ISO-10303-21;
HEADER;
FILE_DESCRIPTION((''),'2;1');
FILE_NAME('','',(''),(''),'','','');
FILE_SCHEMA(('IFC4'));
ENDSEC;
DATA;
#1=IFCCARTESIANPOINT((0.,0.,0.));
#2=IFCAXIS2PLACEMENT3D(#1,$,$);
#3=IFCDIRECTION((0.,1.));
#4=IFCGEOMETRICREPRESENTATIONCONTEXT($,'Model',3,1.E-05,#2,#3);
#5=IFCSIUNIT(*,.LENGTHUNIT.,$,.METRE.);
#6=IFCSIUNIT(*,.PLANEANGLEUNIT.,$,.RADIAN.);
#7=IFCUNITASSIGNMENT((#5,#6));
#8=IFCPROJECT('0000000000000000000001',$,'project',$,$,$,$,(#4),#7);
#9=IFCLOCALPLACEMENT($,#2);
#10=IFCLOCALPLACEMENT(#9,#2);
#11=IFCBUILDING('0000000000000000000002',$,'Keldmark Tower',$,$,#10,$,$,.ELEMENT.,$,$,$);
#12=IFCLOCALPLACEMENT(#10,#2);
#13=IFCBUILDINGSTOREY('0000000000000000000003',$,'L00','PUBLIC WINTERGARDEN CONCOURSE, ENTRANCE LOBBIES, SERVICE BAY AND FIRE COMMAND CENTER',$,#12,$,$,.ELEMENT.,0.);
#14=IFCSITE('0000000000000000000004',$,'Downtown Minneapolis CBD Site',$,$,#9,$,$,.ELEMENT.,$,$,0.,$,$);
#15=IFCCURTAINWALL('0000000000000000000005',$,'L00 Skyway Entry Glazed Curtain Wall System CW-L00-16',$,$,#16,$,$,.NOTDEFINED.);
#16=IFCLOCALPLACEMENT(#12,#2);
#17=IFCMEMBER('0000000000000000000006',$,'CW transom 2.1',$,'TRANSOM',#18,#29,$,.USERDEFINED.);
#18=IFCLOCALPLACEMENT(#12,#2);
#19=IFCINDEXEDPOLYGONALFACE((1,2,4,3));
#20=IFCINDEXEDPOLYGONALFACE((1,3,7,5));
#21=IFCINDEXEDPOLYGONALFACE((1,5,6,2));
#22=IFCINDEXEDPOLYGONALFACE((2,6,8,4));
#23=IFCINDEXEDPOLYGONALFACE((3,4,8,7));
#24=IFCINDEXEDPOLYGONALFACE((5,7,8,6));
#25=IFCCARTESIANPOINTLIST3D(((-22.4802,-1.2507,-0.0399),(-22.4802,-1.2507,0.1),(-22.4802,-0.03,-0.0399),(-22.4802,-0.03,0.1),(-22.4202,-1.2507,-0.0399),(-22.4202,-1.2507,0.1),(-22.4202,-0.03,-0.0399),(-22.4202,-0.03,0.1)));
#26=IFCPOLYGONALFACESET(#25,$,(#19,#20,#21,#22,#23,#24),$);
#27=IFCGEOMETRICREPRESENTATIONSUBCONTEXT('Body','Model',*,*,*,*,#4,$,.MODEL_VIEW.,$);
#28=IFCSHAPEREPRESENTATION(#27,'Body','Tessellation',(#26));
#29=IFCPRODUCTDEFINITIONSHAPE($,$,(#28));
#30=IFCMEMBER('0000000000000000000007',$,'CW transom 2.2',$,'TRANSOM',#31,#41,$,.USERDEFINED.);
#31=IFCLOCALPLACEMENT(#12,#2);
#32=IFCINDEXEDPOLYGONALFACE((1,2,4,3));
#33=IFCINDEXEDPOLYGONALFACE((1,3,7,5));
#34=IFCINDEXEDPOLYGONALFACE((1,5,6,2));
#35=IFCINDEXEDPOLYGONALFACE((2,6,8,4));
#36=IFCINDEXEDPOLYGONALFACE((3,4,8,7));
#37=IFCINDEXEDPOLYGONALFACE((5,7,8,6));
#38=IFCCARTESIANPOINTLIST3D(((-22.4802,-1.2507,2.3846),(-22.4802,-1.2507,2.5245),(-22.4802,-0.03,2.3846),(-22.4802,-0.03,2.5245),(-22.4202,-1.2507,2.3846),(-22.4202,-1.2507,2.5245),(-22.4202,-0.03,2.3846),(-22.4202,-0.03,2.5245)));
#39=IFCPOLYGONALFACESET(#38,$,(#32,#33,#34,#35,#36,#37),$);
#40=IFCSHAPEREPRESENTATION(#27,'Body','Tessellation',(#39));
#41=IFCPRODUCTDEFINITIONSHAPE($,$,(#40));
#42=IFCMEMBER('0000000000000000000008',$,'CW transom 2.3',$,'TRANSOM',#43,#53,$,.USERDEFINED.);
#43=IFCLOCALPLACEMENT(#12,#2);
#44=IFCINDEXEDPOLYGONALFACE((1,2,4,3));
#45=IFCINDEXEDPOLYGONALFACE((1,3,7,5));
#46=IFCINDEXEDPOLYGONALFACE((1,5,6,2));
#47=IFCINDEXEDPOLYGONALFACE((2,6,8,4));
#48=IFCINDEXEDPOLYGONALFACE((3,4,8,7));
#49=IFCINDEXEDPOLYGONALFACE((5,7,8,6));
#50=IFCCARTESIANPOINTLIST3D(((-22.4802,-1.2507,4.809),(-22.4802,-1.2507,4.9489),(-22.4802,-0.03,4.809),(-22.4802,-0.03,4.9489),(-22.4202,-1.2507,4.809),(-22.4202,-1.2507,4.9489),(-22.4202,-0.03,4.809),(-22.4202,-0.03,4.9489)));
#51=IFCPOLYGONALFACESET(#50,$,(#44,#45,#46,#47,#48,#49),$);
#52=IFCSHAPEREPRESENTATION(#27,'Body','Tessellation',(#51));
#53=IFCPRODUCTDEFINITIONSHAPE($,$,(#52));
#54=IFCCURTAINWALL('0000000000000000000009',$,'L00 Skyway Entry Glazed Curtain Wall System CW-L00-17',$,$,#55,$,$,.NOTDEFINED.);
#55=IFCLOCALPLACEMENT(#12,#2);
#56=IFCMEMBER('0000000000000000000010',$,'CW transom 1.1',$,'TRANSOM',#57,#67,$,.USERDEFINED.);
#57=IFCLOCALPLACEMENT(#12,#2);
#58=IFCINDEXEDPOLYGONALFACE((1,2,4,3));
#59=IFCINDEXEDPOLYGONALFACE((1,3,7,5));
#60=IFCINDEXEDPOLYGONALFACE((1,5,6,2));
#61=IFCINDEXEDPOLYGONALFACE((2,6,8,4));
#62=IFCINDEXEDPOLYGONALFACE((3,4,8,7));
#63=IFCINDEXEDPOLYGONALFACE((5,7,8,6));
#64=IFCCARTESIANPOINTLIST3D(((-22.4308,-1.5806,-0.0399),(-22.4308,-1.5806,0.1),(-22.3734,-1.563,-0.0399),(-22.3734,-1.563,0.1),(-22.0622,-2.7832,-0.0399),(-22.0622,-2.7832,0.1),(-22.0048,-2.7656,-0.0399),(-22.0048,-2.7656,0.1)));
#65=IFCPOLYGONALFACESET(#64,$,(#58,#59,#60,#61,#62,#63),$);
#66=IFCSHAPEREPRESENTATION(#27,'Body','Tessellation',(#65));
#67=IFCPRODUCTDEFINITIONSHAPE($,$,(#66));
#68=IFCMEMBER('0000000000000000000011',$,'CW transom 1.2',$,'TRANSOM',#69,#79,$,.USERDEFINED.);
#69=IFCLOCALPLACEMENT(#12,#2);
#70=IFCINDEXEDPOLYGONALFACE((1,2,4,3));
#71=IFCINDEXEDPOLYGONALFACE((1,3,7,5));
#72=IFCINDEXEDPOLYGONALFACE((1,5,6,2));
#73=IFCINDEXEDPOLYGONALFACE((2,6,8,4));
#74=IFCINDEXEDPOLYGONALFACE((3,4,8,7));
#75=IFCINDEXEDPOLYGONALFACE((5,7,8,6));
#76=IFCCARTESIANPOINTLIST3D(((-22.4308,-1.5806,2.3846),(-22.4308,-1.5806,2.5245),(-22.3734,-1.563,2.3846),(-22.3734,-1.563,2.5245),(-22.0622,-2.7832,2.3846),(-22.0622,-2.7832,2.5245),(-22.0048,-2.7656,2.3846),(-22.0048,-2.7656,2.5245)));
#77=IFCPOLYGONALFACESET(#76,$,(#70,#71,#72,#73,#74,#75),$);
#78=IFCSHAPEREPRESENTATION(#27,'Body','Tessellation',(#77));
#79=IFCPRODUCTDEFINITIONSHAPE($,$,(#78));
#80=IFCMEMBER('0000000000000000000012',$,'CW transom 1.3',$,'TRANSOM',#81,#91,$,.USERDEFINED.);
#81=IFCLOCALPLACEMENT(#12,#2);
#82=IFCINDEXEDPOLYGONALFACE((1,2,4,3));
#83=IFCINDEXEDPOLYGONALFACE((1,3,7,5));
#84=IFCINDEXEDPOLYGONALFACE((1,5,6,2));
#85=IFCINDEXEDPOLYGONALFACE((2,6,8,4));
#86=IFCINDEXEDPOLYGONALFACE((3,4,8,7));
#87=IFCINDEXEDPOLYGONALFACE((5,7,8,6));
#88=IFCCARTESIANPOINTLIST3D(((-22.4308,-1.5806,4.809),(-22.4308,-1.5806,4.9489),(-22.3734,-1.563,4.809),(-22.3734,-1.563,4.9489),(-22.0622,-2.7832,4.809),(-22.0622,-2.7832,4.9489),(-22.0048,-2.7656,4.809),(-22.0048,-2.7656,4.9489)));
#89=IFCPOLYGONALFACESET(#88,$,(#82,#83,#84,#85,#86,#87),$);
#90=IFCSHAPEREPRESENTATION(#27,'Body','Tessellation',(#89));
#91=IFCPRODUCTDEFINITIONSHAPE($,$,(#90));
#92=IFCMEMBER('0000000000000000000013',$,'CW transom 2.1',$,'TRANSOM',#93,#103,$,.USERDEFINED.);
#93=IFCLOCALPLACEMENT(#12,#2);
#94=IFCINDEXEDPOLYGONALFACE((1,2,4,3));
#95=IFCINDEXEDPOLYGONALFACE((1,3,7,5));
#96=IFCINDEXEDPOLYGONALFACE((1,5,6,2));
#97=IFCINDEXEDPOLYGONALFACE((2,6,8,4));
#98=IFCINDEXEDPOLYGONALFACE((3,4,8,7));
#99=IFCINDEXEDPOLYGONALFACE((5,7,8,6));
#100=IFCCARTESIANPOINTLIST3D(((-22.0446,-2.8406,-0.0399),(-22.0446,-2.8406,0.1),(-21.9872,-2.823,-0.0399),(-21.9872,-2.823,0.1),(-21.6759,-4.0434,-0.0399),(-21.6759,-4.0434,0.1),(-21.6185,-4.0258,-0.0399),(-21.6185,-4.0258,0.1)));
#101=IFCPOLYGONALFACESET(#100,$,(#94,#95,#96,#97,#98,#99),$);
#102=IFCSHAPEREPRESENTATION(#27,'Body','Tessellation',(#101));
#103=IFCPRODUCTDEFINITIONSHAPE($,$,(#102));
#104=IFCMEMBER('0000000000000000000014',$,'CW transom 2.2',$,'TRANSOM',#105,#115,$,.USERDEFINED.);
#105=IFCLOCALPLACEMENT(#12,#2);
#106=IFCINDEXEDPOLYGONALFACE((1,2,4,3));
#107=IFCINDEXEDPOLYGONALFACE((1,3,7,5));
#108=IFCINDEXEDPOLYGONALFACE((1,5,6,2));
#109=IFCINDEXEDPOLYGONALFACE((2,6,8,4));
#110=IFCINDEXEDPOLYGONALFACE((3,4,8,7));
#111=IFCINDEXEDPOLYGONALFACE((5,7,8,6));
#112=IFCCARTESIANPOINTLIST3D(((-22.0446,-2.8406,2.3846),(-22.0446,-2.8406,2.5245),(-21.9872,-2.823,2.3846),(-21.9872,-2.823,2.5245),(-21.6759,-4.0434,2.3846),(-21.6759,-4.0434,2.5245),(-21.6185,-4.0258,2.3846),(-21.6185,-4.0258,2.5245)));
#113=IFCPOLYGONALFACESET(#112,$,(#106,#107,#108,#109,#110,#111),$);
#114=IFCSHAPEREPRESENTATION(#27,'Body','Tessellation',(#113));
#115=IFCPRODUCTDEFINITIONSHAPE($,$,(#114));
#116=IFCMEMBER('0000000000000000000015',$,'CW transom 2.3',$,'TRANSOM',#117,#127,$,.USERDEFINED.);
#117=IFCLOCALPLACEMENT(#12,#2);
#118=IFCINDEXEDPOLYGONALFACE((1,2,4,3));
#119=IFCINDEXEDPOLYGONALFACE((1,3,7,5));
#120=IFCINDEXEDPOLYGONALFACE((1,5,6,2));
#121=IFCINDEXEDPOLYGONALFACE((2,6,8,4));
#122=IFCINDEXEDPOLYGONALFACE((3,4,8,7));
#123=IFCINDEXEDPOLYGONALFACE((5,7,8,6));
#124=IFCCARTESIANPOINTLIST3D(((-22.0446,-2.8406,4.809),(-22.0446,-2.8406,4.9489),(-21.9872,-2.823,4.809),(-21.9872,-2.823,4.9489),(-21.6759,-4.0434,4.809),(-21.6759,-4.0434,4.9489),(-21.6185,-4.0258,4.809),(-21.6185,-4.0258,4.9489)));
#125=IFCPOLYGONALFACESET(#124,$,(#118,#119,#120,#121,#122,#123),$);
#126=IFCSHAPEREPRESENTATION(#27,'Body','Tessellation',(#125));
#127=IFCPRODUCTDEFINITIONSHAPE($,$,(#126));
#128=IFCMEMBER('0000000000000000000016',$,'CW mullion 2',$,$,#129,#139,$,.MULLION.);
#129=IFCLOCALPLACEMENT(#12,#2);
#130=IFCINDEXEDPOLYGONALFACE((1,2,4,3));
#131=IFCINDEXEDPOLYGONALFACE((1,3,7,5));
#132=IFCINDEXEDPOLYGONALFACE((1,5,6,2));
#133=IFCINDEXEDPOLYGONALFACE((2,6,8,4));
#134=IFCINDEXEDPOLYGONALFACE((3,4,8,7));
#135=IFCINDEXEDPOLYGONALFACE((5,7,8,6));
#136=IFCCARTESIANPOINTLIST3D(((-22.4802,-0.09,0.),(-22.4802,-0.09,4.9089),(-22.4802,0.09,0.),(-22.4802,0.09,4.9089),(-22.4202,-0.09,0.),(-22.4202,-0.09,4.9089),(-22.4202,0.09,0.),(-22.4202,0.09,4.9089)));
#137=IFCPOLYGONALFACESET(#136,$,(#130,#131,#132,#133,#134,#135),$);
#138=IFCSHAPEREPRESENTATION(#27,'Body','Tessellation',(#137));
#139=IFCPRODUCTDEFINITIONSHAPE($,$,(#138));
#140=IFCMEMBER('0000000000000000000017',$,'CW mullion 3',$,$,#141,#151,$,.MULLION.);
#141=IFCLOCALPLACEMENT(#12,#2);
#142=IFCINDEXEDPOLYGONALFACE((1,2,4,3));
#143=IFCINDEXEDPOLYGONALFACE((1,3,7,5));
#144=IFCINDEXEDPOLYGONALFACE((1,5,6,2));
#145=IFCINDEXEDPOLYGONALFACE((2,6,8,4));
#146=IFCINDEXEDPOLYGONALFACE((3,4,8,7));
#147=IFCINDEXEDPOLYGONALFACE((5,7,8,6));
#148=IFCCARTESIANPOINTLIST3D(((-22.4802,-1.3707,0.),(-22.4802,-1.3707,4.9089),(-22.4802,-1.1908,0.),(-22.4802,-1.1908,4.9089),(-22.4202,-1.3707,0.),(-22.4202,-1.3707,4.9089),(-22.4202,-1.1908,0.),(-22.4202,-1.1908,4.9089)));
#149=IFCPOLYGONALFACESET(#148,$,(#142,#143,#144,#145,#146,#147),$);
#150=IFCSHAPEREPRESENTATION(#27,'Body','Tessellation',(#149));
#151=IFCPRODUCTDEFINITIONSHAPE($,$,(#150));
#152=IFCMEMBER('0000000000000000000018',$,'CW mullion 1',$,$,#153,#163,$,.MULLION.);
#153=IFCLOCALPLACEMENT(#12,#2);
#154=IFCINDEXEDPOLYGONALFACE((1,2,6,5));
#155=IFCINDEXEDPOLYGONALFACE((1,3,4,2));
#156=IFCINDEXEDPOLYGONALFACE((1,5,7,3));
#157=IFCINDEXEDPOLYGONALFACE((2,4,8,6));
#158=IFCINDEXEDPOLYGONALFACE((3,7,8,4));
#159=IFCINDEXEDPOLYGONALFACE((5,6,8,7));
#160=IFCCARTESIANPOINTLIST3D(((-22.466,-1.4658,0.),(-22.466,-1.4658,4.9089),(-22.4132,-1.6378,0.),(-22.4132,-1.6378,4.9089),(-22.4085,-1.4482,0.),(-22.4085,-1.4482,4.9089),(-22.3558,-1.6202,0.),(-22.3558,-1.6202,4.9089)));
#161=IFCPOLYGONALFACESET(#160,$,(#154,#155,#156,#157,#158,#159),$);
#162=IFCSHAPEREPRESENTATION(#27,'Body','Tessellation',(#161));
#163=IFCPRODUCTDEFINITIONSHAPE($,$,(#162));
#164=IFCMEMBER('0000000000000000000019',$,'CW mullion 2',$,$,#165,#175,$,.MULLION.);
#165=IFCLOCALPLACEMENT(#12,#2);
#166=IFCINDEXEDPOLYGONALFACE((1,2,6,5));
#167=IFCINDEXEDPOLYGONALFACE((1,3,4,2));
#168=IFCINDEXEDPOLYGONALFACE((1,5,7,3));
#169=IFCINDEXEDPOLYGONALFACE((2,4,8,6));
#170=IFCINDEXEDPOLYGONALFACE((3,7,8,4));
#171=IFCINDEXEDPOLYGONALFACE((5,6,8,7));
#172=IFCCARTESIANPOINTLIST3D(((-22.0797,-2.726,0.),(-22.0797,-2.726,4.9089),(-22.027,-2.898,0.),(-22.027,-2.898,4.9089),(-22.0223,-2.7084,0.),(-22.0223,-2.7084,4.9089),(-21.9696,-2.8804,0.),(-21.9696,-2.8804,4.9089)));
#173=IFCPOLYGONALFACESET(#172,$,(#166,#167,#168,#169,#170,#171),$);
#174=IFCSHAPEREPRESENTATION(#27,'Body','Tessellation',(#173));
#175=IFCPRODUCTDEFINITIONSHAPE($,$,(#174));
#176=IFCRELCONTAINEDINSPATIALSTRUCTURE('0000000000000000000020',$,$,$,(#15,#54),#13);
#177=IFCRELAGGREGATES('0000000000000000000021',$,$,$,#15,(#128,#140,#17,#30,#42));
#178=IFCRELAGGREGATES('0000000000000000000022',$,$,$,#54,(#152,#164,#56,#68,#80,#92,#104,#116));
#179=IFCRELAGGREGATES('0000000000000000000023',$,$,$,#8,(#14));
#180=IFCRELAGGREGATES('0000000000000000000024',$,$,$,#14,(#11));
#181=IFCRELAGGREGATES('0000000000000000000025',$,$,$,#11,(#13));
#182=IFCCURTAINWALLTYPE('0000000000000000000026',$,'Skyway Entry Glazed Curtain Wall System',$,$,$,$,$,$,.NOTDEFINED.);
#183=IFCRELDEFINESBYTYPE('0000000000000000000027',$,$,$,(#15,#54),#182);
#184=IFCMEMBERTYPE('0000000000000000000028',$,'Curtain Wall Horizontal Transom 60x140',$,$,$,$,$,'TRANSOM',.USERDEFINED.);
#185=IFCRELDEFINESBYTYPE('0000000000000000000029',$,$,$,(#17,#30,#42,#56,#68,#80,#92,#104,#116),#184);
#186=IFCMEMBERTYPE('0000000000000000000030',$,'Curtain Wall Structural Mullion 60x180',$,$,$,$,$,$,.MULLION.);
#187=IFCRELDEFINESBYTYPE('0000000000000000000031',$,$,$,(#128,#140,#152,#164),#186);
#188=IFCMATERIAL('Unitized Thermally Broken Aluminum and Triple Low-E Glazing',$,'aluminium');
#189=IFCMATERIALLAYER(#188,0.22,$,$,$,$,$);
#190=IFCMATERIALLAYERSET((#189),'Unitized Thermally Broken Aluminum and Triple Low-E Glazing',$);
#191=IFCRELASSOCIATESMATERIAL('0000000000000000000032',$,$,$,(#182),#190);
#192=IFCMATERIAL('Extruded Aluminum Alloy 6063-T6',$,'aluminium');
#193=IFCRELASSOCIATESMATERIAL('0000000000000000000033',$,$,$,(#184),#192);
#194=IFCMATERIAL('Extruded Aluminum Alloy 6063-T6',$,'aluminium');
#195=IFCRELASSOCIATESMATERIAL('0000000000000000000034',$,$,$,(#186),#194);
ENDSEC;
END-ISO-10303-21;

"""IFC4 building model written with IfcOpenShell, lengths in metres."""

from ifc_helpers import new_model, si_unit, direction, frame, origin, origin_2d, place, context, subcontext, project, spatial, rectangle, extrude, material, layer, layer_set, material_profile, profile_set, type_object, element, aggregate, save


model = new_model("IFC4")

# Units and contexts
model_context = context("Model", 3, precision=1e-05, world=origin(), true_north=direction((0.0, 1.0)))
body_context = subcontext(model_context, "Body", "Model", "MODEL_VIEW")
ifc_project = project(units=[si_unit("LENGTHUNIT", "METRE"), si_unit("PLANEANGLEUNIT", "RADIAN")], contexts=[model_context])

# Site, building, storey
site_placement = place(None, origin())
site = spatial("IfcSite", under=ifc_project, at=site_placement, Name="Downtown Minneapolis CBD Site", CompositionType="ELEMENT", RefElevation=0.0)
building_placement = place(site_placement, origin())
building = spatial("IfcBuilding", under=site, at=building_placement, Name="Keldmark Tower", CompositionType="ELEMENT")
storey_placement = place(building_placement, origin())
storey = spatial("IfcBuildingStorey", under=building, at=storey_placement, Name="L00", Description="PUBLIC WINTERGARDEN CONCOURSE, ENTRANCE LOBBIES, SERVICE BAY AND FIRE COMMAND CENTER", CompositionType="ELEMENT", Elevation=0.0)

# Curtain walls, members
ifc_material_1 = material(Name="Unitized Thermally Broken Aluminum and Triple Low-E Glazing", Category="aluminium")
ifc_layer_1 = layer(ifc_material_1, 0.22)
ifc_layer_set_1 = layer_set([ifc_layer_1], Name="Unitized Thermally Broken Aluminum and Triple Low-E Glazing")
curtain_wall_type = type_object("IfcCurtainWallType", Name="Skyway Entry Glazed Curtain Wall System", PredefinedType="NOTDEFINED", material=ifc_layer_set_1)
curtain_wall_1_placement = place(storey_placement, origin())
curtain_wall_1 = element("IfcCurtainWall", 1, at=curtain_wall_1_placement, inside=storey, type_object=curtain_wall_type, Name="L00 Skyway Entry Glazed Curtain Wall System CW-L00-16", PredefinedType="NOTDEFINED")
ifc_material_2 = material(Name="Extruded Aluminum Alloy 6063-T6", Category="aluminium")
ifc_material_profile_1 = material_profile(ifc_material_2, rectangle(XDim=0.0601, YDim=0.1399, at=origin_2d()), Name="CWT60X140")
ifc_profile_set_1 = profile_set([ifc_material_profile_1], Name="Extruded Aluminum Alloy 6063-T6")
member_type_1 = type_object("IfcMemberType", Name="Curtain Wall Horizontal Transom 60x140", ElementType="TRANSOM", PredefinedType="USERDEFINED", material=ifc_profile_set_1)
member_1_placement = place(storey_placement, frame((-22.4502, -0.03, 0.03), z_axis=(0.0, -1.0, 0.0), x_axis=(1.0, 0.0, 0.0)))
member_1 = element("IfcMember", 2, at=member_1_placement, type_object=member_type_1, Name="CW transom 2.1", ObjectType="TRANSOM", PredefinedType="USERDEFINED", context=body_context, shape_type="SweptSolid", body=[
    extrude(rectangle(XDim=0.0601, YDim=0.1399, at=origin_2d()), origin(), (0.0, 0.0, 1.0), 1.2207),
])
member_2_placement = place(storey_placement, frame((-22.4502, -0.03, 2.4546), z_axis=(0.0, -1.0, 0.0), x_axis=(1.0, 0.0, 0.0)))
member_2 = element("IfcMember", 3, at=member_2_placement, type_object=member_type_1, Name="CW transom 2.2", ObjectType="TRANSOM", PredefinedType="USERDEFINED", context=body_context, shape_type="SweptSolid", body=[
    extrude(rectangle(XDim=0.0601, YDim=0.1399, at=origin_2d()), origin(), (0.0, 0.0, 1.0), 1.2207),
])
member_3_placement = place(storey_placement, frame((-22.4502, -0.03, 4.8789), z_axis=(0.0, -1.0, 0.0), x_axis=(1.0, 0.0, 0.0)))
member_3 = element("IfcMember", 4, at=member_3_placement, type_object=member_type_1, Name="CW transom 2.3", ObjectType="TRANSOM", PredefinedType="USERDEFINED", context=body_context, shape_type="SweptSolid", body=[
    extrude(rectangle(XDim=0.0601, YDim=0.1399, at=origin_2d()), origin(), (0.0, 0.0, 1.0), 1.2207),
])
curtain_wall_2_placement = place(storey_placement, origin())
curtain_wall_2 = element("IfcCurtainWall", 5, at=curtain_wall_2_placement, inside=storey, type_object=curtain_wall_type, Name="L00 Skyway Entry Glazed Curtain Wall System CW-L00-17", PredefinedType="NOTDEFINED")
member_4_placement = place(storey_placement, frame((-22.4021, -1.5718, 0.03), z_axis=(0.293076, -0.956089, 0.0), x_axis=(0.956089, 0.293076, 0.0)))
member_4 = element("IfcMember", 6, at=member_4_placement, type_object=member_type_1, Name="CW transom 1.1", ObjectType="TRANSOM", PredefinedType="USERDEFINED", context=body_context, shape_type="SweptSolid", body=[
    extrude(rectangle(XDim=0.0601, YDim=0.1399, at=origin_2d()), origin(), (0.0, 0.0, 1.0), 1.2578),
])
member_5_placement = place(storey_placement, frame((-22.4021, -1.5718, 2.4546), z_axis=(0.293076, -0.956089, 0.0), x_axis=(0.956089, 0.293076, 0.0)))
member_5 = element("IfcMember", 7, at=member_5_placement, type_object=member_type_1, Name="CW transom 1.2", ObjectType="TRANSOM", PredefinedType="USERDEFINED", context=body_context, shape_type="SweptSolid", body=[
    extrude(rectangle(XDim=0.0601, YDim=0.1399, at=origin_2d()), origin(), (0.0, 0.0, 1.0), 1.2578),
])
member_6_placement = place(storey_placement, frame((-22.4021, -1.5718, 4.8789), z_axis=(0.293076, -0.956089, 0.0), x_axis=(0.956089, 0.293076, 0.0)))
member_6 = element("IfcMember", 8, at=member_6_placement, type_object=member_type_1, Name="CW transom 1.3", ObjectType="TRANSOM", PredefinedType="USERDEFINED", context=body_context, shape_type="SweptSolid", body=[
    extrude(rectangle(XDim=0.0601, YDim=0.1399, at=origin_2d()), origin(), (0.0, 0.0, 1.0), 1.2578),
])
member_7_placement = place(storey_placement, frame((-22.0159, -2.8318, 0.03), z_axis=(0.293022, -0.956106, 0.0), x_axis=(0.956106, 0.293022, 0.0)))
member_7 = element("IfcMember", 9, at=member_7_placement, type_object=member_type_1, Name="CW transom 2.1", ObjectType="TRANSOM", PredefinedType="USERDEFINED", context=body_context, shape_type="SweptSolid", body=[
    extrude(rectangle(XDim=0.0601, YDim=0.1399, at=origin_2d()), origin(), (0.0, 0.0, 1.0), 1.2581),
])
member_8_placement = place(storey_placement, frame((-22.0159, -2.8318, 2.4546), z_axis=(0.293022, -0.956106, 0.0), x_axis=(0.956106, 0.293022, 0.0)))
member_8 = element("IfcMember", 10, at=member_8_placement, type_object=member_type_1, Name="CW transom 2.2", ObjectType="TRANSOM", PredefinedType="USERDEFINED", context=body_context, shape_type="SweptSolid", body=[
    extrude(rectangle(XDim=0.0601, YDim=0.1399, at=origin_2d()), origin(), (0.0, 0.0, 1.0), 1.2581),
])
member_9_placement = place(storey_placement, frame((-22.0159, -2.8318, 4.8789), z_axis=(0.293022, -0.956106, 0.0), x_axis=(0.956106, 0.293022, 0.0)))
member_9 = element("IfcMember", 11, at=member_9_placement, type_object=member_type_1, Name="CW transom 2.3", ObjectType="TRANSOM", PredefinedType="USERDEFINED", context=body_context, shape_type="SweptSolid", body=[
    extrude(rectangle(XDim=0.0601, YDim=0.1399, at=origin_2d()), origin(), (0.0, 0.0, 1.0), 1.2581),
])

# Members
ifc_material_3 = material(Name="Extruded Aluminum Alloy 6063-T6", Category="aluminium")
ifc_material_profile_2 = material_profile(ifc_material_3, rectangle(XDim=0.0601, YDim=0.1799, at=origin_2d()), Name="CWM60X180")
ifc_profile_set_2 = profile_set([ifc_material_profile_2], Name="Extruded Aluminum Alloy 6063-T6")
member_type_2 = type_object("IfcMemberType", Name="Curtain Wall Structural Mullion 60x180", PredefinedType="MULLION", material=ifc_profile_set_2)
member_10_placement = place(storey_placement, frame((-22.4502, 0.0, 0.0), z_axis=(0.0, 0.0, 1.0), x_axis=(1.0, 0.0, 0.0)))
member_10 = element("IfcMember", 12, at=member_10_placement, type_object=member_type_2, Name="CW mullion 2", PredefinedType="MULLION", context=body_context, shape_type="SweptSolid", body=[
    extrude(rectangle(XDim=0.0601, YDim=0.1799, at=origin_2d()), origin(), (0.0, 0.0, 1.0), 4.9089),
])
member_11_placement = place(storey_placement, frame((-22.4502, -1.2808, 0.0), z_axis=(0.0, 0.0, 1.0), x_axis=(1.0, 0.0, 0.0)))
member_11 = element("IfcMember", 13, at=member_11_placement, type_object=member_type_2, Name="CW mullion 3", PredefinedType="MULLION", context=body_context, shape_type="SweptSolid", body=[
    extrude(rectangle(XDim=0.0601, YDim=0.1799, at=origin_2d()), origin(), (0.0, 0.0, 1.0), 4.9089),
])
member_12_placement = place(storey_placement, frame((-22.4109, -1.543, 0.0), z_axis=(0.0, 0.0, 1.0), x_axis=(0.956106, 0.293022, 0.0)))
member_12 = element("IfcMember", 14, at=member_12_placement, type_object=member_type_2, Name="CW mullion 1", PredefinedType="MULLION", context=body_context, shape_type="SweptSolid", body=[
    extrude(rectangle(XDim=0.0601, YDim=0.1799, at=origin_2d()), origin(), (0.0, 0.0, 1.0), 4.9089),
])
member_13_placement = place(storey_placement, frame((-22.0247, -2.8032, 0.0), z_axis=(0.0, 0.0, 1.0), x_axis=(0.956106, 0.293022, 0.0)))
member_13 = element("IfcMember", 15, at=member_13_placement, type_object=member_type_2, Name="CW mullion 2", PredefinedType="MULLION", context=body_context, shape_type="SweptSolid", body=[
    extrude(rectangle(XDim=0.0601, YDim=0.1799, at=origin_2d()), origin(), (0.0, 0.0, 1.0), 4.9089),
])

aggregate(curtain_wall_1, [member_10, member_11, member_1, member_2, member_3])
aggregate(curtain_wall_2, [member_12, member_13, member_4, member_5, member_6, member_7, member_8, member_9])

save(model, "model.ifc")
